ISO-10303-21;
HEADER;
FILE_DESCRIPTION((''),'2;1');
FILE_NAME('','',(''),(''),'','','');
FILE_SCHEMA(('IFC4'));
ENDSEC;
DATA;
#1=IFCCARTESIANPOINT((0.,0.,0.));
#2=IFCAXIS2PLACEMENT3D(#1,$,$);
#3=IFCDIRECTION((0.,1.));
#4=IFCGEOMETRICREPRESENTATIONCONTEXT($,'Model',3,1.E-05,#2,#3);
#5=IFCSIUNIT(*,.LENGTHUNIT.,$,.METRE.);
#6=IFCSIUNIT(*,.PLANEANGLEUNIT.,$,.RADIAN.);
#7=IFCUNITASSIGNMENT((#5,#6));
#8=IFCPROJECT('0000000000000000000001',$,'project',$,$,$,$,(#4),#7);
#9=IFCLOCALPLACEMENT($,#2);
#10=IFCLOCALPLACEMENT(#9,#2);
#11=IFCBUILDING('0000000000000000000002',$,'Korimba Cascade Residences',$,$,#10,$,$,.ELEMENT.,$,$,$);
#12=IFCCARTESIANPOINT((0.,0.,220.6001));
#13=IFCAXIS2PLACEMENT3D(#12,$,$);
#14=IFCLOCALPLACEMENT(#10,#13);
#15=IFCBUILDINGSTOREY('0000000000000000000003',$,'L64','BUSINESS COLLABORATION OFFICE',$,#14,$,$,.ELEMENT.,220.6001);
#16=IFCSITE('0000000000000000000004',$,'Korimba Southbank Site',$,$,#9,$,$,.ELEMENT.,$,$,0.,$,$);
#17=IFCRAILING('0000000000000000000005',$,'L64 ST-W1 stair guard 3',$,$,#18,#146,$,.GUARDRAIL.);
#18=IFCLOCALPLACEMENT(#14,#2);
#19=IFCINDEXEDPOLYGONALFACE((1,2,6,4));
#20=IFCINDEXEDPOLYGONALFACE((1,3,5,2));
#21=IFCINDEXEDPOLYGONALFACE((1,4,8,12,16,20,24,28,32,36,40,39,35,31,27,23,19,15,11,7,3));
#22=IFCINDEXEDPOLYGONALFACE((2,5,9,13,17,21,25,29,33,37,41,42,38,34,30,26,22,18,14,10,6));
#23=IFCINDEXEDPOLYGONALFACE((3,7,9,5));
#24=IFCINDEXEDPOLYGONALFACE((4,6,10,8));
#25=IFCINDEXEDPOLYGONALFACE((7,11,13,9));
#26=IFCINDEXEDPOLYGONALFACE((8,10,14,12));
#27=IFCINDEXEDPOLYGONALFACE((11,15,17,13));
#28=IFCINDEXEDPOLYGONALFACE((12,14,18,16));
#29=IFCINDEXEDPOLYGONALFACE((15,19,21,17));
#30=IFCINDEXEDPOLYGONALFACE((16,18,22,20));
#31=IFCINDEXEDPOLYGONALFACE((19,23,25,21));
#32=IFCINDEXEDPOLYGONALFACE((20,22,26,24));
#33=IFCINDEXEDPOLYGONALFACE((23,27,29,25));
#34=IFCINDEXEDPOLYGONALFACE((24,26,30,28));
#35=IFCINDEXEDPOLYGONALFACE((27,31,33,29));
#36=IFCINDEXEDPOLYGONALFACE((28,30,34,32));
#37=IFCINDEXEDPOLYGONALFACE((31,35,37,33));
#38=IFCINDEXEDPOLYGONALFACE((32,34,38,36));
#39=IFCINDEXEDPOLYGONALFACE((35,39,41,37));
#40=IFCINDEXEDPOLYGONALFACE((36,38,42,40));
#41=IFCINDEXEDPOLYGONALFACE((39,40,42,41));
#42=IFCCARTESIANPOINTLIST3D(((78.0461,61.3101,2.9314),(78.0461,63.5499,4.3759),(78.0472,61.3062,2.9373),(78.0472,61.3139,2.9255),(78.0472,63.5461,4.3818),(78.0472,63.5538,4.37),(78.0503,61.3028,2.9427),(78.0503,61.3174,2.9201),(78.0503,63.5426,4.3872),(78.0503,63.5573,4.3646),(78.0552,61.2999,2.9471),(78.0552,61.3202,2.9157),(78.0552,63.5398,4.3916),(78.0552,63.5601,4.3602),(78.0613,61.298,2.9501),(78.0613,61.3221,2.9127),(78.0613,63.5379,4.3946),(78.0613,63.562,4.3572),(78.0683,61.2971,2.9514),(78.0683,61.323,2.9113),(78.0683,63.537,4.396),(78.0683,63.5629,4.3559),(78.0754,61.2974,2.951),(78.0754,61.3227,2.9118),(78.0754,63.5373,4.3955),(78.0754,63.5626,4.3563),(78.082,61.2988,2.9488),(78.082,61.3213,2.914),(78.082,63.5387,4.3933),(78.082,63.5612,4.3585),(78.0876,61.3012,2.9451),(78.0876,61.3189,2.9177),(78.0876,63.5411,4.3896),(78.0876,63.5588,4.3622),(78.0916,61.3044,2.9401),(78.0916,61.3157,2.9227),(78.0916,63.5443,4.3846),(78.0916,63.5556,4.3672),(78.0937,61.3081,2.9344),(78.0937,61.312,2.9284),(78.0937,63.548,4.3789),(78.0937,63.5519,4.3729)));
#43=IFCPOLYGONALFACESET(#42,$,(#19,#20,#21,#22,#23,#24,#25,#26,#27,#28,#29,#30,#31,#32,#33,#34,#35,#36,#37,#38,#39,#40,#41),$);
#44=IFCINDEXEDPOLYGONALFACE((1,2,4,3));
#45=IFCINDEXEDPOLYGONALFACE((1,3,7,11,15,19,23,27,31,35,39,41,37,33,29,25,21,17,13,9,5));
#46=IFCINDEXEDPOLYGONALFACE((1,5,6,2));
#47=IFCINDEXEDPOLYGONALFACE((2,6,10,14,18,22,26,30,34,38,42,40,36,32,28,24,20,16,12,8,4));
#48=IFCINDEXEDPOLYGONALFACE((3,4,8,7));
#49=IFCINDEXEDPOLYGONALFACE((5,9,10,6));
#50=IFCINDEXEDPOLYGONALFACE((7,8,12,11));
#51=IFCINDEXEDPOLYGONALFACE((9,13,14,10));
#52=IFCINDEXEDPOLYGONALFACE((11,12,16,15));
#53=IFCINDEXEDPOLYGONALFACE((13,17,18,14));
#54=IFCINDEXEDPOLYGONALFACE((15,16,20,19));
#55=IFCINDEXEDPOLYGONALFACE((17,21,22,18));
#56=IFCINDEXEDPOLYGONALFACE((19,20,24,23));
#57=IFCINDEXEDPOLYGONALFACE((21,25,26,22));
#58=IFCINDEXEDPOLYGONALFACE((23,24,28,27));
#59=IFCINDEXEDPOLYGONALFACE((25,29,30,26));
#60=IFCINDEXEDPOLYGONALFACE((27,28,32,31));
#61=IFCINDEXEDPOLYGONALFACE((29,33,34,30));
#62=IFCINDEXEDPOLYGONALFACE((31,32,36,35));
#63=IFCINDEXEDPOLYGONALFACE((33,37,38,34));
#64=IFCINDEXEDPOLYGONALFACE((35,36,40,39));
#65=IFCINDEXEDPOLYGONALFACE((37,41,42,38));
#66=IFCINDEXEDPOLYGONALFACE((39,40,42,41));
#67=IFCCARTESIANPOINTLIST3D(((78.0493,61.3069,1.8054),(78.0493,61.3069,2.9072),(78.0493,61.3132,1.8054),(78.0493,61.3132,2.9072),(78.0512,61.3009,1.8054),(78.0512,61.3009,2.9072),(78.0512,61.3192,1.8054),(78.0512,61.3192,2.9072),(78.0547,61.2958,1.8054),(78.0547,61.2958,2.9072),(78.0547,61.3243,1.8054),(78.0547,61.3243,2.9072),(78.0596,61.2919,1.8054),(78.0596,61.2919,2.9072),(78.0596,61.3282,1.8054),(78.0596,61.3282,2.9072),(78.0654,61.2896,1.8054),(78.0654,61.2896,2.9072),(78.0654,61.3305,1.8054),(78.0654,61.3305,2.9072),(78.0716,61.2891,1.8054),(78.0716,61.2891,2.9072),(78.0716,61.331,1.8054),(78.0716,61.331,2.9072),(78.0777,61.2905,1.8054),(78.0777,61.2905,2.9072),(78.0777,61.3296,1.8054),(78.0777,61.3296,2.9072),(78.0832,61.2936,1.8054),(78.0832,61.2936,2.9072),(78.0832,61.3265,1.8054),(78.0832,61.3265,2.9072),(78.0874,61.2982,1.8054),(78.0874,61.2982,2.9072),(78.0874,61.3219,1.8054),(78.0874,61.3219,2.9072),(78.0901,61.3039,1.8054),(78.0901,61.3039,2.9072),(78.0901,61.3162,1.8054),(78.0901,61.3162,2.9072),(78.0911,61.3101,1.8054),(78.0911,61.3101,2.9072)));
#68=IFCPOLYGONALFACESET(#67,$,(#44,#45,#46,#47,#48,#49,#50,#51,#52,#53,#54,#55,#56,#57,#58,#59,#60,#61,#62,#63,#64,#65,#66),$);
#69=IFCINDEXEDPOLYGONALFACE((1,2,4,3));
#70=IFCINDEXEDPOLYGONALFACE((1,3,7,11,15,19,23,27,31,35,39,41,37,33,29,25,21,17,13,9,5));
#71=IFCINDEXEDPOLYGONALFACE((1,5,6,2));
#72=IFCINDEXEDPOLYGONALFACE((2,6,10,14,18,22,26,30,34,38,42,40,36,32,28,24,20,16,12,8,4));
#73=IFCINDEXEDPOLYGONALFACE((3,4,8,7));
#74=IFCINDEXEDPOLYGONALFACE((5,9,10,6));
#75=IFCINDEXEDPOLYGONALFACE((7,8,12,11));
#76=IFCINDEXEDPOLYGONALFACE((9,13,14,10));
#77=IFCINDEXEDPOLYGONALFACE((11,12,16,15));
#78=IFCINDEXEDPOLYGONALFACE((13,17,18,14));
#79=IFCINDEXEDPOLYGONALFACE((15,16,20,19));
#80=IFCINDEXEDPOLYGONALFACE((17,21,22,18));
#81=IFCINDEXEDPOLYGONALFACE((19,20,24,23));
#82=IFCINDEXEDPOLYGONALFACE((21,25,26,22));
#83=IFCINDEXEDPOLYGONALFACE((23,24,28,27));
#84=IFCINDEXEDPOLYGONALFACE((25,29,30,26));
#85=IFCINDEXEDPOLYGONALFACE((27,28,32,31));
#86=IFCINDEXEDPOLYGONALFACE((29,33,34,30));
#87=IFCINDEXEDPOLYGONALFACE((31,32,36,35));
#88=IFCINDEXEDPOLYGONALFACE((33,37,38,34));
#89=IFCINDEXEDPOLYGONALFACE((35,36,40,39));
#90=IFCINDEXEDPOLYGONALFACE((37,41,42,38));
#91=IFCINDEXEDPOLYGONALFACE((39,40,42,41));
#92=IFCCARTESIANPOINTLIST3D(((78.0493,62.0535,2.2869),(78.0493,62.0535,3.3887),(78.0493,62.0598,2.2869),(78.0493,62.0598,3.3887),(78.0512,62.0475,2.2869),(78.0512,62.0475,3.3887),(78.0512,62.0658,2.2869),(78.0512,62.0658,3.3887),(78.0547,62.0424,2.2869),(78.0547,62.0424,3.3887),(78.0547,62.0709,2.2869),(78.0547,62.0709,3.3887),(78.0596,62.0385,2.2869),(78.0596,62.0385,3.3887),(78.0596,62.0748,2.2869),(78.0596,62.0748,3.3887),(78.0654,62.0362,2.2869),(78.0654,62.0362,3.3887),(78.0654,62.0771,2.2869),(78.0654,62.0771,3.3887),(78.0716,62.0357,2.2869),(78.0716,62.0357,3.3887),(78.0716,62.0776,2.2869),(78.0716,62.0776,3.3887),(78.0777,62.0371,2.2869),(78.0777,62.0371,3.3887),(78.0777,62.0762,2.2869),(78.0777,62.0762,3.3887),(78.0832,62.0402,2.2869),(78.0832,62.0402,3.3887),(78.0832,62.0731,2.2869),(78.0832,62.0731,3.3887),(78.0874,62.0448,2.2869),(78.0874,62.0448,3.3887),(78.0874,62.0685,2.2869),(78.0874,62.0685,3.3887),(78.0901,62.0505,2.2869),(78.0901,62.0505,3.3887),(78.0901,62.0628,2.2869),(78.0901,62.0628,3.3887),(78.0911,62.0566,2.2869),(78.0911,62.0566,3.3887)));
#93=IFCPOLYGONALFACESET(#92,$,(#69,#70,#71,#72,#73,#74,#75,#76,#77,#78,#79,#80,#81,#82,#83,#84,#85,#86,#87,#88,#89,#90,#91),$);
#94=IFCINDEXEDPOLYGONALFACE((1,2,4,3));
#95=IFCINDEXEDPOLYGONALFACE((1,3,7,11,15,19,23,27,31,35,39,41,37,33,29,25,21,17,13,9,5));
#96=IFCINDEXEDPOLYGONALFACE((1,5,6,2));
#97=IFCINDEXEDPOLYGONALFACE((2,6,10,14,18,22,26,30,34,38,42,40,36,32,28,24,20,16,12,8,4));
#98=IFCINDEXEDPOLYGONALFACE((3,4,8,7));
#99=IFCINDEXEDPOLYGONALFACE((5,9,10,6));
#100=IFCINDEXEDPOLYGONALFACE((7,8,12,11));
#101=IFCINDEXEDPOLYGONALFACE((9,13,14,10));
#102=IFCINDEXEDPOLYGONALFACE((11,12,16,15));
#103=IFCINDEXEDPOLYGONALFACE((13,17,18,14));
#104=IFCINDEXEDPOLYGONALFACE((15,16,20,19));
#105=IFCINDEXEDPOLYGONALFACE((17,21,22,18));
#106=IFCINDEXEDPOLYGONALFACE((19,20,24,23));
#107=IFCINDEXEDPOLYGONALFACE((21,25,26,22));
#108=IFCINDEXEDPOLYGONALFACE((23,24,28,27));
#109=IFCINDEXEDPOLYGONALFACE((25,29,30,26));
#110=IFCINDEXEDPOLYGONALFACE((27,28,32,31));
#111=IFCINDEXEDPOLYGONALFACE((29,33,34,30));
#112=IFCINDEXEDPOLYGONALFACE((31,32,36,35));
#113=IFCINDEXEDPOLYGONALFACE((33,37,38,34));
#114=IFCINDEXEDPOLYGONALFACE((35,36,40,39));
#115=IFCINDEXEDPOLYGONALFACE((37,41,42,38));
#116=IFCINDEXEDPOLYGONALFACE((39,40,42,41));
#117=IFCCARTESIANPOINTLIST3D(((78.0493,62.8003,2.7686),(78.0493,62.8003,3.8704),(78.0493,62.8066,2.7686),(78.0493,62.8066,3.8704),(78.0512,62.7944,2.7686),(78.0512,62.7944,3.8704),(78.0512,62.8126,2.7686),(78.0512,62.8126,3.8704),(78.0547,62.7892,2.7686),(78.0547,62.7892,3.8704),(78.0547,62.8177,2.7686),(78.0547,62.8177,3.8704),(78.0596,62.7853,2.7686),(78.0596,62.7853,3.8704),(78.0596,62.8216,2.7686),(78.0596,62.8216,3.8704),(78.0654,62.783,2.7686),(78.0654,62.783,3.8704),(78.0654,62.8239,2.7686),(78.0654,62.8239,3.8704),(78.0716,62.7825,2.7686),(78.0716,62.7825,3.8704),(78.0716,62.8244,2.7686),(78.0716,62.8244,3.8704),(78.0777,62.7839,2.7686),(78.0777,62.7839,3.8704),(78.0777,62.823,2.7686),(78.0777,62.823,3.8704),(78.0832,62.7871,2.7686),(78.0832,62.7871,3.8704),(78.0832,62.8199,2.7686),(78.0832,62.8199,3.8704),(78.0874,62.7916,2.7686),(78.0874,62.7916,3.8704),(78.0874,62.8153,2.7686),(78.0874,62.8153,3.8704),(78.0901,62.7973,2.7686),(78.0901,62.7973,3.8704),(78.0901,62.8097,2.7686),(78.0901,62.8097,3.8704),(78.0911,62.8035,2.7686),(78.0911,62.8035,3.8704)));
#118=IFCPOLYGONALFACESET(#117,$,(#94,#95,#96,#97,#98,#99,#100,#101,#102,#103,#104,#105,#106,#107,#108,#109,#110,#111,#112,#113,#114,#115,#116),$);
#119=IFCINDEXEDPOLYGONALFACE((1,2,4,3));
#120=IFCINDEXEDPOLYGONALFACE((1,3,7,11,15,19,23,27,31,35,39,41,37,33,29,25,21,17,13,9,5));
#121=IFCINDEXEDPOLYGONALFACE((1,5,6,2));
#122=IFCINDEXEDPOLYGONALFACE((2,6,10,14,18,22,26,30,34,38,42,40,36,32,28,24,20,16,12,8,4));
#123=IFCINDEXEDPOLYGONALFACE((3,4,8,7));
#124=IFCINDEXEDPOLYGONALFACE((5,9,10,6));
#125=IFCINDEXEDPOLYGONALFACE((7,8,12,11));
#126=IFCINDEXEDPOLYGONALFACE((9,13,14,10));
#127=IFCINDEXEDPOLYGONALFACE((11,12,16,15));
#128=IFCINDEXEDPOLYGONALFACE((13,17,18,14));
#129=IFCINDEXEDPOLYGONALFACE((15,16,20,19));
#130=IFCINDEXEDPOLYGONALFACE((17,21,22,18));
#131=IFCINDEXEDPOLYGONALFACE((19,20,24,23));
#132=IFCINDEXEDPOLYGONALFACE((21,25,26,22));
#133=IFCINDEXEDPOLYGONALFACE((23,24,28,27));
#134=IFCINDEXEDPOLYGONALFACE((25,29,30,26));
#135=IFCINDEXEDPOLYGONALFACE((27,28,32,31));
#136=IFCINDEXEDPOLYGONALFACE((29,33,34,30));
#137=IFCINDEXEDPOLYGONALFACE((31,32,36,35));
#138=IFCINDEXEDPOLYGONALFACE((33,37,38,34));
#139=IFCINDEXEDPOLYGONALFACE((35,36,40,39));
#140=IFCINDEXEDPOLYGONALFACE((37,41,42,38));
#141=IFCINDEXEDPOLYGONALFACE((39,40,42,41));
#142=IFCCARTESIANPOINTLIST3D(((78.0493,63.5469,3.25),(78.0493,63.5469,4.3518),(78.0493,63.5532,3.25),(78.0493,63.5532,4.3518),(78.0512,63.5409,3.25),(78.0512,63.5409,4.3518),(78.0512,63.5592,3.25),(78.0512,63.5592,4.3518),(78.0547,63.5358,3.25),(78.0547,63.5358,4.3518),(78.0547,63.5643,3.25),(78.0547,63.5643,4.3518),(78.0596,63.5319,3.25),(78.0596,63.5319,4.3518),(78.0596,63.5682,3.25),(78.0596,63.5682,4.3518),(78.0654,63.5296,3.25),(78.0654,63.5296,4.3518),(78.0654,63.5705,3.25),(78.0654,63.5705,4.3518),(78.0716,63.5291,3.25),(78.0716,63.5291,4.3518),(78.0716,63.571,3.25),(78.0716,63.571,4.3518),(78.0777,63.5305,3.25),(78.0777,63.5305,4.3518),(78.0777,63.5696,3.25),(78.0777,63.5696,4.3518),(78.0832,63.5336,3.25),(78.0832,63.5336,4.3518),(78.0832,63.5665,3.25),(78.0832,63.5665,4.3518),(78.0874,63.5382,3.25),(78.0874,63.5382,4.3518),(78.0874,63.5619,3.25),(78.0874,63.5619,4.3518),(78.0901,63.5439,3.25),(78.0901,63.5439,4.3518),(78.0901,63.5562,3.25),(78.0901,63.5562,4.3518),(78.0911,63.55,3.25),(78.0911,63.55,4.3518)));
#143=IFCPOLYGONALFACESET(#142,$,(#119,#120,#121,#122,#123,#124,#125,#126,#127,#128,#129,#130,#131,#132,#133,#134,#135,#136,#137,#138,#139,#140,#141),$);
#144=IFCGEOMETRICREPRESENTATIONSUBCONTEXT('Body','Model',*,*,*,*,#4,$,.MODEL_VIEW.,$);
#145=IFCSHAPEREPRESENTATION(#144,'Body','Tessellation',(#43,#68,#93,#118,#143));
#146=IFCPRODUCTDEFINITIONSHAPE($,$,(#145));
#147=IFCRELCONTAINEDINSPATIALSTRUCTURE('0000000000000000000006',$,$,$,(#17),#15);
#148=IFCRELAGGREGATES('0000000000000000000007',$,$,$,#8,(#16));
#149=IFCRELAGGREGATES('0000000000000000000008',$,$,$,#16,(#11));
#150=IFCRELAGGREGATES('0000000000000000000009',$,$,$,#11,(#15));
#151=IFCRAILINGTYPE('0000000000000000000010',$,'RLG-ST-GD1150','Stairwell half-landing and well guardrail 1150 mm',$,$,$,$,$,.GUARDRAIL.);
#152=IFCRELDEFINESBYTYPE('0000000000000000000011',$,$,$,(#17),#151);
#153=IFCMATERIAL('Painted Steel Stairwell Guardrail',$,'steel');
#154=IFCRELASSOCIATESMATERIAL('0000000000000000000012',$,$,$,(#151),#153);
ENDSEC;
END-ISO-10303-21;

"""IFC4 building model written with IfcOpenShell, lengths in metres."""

from ifc_helpers import new_model, si_unit, direction, frame, origin, origin_2d, place, context, subcontext, project, spatial, circle, extrude, material, type_object, element, save


model = new_model("IFC4")

# Units and contexts
model_context = context("Model", 3, precision=1e-05, world=origin(), true_north=direction((0.0, 1.0)))
body_context = subcontext(model_context, "Body", "Model", "MODEL_VIEW")
ifc_project = project(units=[si_unit("LENGTHUNIT", "METRE"), si_unit("PLANEANGLEUNIT", "RADIAN")], contexts=[model_context])

# Site, building, storey
site_placement = place(None, origin())
site = spatial("IfcSite", under=ifc_project, at=site_placement, Name="Korimba Southbank Site", CompositionType="ELEMENT", RefElevation=0.0)
building_placement = place(site_placement, origin())
building = spatial("IfcBuilding", under=site, at=building_placement, Name="Korimba Cascade Residences", CompositionType="ELEMENT")
storey_placement = place(building_placement, frame((0.0, 0.0, 220.6001)))
storey = spatial("IfcBuildingStorey", under=building, at=storey_placement, Name="L64", Description="BUSINESS COLLABORATION OFFICE", CompositionType="ELEMENT", Elevation=220.6001)

# Railing
ifc_material_1 = material(Name="Painted Steel Stairwell Guardrail", Category="steel")
railing_type_1 = type_object("IfcRailingType", Name="RLG-ST-GD1150", Description="Stairwell half-landing and well guardrail 1150 mm", PredefinedType="GUARDRAIL", material=ifc_material_1)
railing_1_placement = place(storey_placement, frame((78.0701, 61.3101, 1.8054)))
element("IfcRailing", 1, at=railing_1_placement, inside=storey, type_object=railing_type_1, Name="L64 ST-W1 stair guard 3", PredefinedType="GUARDRAIL", context=body_context, shape_type="SweptSolid", body=[
    extrude(circle(Radius=0.0239, at=origin_2d()), frame((0.0, 0.0, 1.126), z_axis=(0.0, 0.840395, 0.541975), x_axis=(-1.0, 0.0, 0.0)), (0.0, 0.0, 1.0), 2.6653),
    extrude(circle(Radius=0.021, at=origin_2d()), origin(), (0.0, 0.0, 1.0), 1.1018),
    extrude(circle(Radius=0.021, at=origin_2d()), frame((0.0, 0.7466, 0.4814)), (0.0, 0.0, 1.0), 1.1018),
    extrude(circle(Radius=0.021, at=origin_2d()), frame((0.0, 1.4934, 0.9631)), (0.0, 0.0, 1.0), 1.1018),
    extrude(circle(Radius=0.021, at=origin_2d()), frame((0.0, 2.24, 1.4446)), (0.0, 0.0, 1.0), 1.1018),
])

save(model, "model.ifc")
